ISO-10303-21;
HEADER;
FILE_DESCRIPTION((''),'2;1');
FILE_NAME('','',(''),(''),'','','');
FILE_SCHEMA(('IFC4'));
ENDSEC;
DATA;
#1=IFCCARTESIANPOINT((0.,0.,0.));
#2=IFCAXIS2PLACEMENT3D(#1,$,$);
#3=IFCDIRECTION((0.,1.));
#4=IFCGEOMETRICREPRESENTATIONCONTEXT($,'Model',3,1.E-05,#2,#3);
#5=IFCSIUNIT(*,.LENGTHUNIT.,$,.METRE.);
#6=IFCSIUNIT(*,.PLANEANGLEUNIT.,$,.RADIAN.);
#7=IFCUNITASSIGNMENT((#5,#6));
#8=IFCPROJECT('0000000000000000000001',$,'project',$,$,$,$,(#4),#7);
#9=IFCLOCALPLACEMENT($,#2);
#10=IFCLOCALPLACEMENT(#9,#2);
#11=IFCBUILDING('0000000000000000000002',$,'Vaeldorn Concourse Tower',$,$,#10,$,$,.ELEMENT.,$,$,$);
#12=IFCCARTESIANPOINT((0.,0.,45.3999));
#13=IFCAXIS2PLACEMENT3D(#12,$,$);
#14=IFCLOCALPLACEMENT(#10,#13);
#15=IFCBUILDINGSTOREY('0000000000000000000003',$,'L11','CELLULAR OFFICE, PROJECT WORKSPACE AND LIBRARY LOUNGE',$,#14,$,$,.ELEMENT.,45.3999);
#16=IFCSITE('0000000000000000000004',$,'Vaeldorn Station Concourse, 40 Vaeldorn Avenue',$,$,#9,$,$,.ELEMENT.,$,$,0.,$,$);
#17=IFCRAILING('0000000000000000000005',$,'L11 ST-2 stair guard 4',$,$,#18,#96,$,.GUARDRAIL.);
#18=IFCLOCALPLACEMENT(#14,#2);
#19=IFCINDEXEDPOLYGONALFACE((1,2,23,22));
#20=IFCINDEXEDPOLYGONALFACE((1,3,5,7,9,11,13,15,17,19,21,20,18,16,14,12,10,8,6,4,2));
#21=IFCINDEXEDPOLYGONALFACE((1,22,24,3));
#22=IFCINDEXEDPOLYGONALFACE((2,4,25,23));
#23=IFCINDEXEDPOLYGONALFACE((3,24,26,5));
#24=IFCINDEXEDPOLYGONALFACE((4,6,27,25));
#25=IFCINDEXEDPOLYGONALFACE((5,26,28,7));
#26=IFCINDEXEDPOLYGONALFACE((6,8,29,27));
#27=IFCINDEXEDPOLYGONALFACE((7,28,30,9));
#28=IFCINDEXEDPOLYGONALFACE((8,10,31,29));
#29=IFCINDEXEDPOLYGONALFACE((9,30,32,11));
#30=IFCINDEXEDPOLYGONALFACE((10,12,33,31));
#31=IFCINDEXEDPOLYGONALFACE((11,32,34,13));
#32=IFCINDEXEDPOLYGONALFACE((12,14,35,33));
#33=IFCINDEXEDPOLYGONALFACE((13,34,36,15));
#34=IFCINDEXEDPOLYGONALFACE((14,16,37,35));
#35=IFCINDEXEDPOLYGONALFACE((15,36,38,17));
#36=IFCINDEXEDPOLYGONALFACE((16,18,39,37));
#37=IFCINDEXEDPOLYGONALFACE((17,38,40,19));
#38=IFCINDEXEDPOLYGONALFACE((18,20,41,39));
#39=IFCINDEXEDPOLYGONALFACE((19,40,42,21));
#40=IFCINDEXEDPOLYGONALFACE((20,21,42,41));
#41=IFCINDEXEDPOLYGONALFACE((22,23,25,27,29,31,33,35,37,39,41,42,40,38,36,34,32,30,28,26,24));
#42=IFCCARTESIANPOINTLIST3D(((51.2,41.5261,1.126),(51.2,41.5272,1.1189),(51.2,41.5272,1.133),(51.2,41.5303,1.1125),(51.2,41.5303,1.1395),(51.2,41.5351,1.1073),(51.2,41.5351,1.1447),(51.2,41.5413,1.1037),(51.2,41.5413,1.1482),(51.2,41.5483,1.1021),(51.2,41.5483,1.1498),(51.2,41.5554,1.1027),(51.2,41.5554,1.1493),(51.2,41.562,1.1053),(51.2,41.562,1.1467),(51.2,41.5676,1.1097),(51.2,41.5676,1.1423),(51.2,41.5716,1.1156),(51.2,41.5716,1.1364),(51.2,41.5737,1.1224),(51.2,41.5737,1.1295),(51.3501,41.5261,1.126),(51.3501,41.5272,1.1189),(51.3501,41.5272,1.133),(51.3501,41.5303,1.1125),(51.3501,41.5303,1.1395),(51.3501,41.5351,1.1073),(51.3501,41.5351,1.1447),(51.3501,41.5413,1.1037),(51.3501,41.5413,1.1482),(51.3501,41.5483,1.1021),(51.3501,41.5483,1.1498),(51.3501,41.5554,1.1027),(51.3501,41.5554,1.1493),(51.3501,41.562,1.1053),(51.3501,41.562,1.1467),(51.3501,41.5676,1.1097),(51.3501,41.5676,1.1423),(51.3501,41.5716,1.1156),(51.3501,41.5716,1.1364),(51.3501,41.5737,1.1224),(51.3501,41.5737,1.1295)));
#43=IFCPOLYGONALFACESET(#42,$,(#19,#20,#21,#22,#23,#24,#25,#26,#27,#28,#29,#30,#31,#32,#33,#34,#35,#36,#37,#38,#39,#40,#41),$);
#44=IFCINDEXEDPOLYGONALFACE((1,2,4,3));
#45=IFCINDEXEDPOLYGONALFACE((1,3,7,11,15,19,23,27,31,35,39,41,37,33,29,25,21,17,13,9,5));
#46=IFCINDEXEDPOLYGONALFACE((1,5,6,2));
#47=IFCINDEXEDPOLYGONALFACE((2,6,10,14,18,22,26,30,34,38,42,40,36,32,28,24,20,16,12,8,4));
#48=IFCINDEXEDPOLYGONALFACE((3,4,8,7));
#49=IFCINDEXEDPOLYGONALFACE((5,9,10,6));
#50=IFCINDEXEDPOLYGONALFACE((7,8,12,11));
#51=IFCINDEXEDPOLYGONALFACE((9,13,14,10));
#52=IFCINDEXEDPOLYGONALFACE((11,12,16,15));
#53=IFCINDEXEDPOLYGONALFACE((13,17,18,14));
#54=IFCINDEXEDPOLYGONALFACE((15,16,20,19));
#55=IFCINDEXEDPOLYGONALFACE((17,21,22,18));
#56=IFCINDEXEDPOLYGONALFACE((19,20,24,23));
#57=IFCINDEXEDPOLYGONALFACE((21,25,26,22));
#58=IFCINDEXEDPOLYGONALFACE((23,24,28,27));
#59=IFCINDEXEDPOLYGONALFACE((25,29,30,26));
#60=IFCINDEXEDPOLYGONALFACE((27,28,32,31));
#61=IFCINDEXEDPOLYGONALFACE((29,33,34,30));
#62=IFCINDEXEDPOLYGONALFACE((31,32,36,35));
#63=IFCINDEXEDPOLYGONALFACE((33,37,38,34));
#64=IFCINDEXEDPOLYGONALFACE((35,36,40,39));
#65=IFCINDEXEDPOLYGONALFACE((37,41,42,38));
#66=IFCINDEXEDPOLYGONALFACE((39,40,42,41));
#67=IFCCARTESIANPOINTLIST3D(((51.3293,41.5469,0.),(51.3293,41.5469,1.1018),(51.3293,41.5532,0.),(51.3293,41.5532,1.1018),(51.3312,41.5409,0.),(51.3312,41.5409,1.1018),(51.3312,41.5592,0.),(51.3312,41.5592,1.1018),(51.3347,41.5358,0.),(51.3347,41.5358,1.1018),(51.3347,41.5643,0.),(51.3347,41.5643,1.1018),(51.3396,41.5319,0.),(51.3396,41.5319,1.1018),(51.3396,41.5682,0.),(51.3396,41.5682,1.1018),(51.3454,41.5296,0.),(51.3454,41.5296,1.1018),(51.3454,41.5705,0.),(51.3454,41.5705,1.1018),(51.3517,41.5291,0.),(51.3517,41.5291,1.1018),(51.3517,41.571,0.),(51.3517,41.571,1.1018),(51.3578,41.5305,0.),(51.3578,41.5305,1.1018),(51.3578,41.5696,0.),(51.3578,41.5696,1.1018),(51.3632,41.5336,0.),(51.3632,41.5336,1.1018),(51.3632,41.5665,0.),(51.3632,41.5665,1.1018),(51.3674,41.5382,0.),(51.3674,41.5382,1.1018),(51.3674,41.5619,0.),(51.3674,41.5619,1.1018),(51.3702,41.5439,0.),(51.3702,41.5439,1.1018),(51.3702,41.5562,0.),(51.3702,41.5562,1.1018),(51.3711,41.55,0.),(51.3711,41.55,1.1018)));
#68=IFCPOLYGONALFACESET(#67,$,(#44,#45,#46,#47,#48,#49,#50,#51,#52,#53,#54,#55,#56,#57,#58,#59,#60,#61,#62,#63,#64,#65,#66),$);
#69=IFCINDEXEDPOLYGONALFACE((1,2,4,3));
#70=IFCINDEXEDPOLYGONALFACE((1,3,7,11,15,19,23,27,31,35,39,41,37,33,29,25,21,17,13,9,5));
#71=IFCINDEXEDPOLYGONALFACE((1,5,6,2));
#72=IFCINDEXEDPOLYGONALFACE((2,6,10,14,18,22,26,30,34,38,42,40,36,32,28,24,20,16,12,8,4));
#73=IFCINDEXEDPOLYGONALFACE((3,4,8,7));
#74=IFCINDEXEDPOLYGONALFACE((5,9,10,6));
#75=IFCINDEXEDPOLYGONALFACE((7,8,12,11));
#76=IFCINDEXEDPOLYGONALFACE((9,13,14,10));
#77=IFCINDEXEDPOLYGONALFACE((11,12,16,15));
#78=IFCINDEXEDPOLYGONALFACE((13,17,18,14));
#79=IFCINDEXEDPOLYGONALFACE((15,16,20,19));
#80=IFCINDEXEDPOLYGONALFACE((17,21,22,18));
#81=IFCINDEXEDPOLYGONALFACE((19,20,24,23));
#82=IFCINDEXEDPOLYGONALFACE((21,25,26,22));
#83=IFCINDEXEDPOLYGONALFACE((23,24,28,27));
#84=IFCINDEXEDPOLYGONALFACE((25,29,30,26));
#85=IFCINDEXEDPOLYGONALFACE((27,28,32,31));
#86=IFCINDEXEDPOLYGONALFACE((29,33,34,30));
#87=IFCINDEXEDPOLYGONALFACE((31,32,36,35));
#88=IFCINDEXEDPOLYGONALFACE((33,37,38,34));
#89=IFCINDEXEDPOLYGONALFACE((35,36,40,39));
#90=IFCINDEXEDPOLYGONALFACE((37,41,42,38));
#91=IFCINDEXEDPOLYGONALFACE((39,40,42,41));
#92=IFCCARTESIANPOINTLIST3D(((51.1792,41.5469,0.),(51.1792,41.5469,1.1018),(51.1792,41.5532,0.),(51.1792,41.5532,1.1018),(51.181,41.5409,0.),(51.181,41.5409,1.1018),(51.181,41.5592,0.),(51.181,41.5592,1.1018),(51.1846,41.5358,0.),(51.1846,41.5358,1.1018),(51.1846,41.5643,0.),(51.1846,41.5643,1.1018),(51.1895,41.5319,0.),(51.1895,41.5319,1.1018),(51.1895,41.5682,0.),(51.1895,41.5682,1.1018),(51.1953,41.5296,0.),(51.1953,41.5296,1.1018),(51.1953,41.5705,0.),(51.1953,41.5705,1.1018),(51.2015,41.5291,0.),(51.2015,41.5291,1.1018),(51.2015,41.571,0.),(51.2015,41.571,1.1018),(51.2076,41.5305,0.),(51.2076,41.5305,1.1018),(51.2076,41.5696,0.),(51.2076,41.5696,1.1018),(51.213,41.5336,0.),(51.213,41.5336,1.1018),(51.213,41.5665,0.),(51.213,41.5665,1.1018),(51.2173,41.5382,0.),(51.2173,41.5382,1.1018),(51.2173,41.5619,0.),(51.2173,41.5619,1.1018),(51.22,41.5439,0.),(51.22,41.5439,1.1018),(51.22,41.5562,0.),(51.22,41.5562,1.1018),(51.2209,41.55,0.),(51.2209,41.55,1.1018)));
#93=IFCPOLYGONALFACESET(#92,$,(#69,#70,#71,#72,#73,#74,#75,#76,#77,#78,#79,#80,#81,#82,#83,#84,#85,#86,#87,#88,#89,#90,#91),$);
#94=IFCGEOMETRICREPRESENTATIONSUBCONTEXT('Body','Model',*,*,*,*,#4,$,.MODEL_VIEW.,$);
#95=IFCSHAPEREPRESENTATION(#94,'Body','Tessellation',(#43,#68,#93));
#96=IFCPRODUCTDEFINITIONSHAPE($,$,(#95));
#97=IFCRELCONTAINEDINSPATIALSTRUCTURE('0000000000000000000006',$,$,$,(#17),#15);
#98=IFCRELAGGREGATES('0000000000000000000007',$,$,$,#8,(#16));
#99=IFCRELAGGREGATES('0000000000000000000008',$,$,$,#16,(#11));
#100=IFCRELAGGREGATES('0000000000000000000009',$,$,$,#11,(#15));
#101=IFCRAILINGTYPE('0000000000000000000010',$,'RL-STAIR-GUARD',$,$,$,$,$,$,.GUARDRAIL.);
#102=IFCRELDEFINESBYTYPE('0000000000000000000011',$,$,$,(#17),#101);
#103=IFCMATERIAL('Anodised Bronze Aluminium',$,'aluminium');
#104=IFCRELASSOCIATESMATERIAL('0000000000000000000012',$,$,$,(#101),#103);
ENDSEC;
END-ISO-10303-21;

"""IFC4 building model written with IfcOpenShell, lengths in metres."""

from ifc_helpers import new_model, si_unit, direction, frame, origin, origin_2d, place, context, subcontext, project, spatial, circle, extrude, material, type_object, element, save


model = new_model("IFC4")

# Units and contexts
model_context = context("Model", 3, precision=1e-05, world=origin(), true_north=direction((0.0, 1.0)))
body_context = subcontext(model_context, "Body", "Model", "MODEL_VIEW")
ifc_project = project(units=[si_unit("LENGTHUNIT", "METRE"), si_unit("PLANEANGLEUNIT", "RADIAN")], contexts=[model_context])

# Site, building, storey
site_placement = place(None, origin())
site = spatial("IfcSite", under=ifc_project, at=site_placement, Name="Vaeldorn Station Concourse, 40 Vaeldorn Avenue", CompositionType="ELEMENT", RefElevation=0.0)
building_placement = place(site_placement, origin())
building = spatial("IfcBuilding", under=site, at=building_placement, Name="Vaeldorn Concourse Tower", CompositionType="ELEMENT")
storey_placement = place(building_placement, frame((0.0, 0.0, 45.3999)))
storey = spatial("IfcBuildingStorey", under=building, at=storey_placement, Name="L11", Description="CELLULAR OFFICE, PROJECT WORKSPACE AND LIBRARY LOUNGE", CompositionType="ELEMENT", Elevation=45.3999)

# Shared definitions
ifc_material_1 = material(Name="Anodised Bronze Aluminium", Category="aluminium")

# Railing
railing_type_1 = type_object("IfcRailingType", Name="RL-STAIR-GUARD", PredefinedType="GUARDRAIL", material=ifc_material_1)
railing_1_placement = place(storey_placement, frame((51.3501, 41.55, 0.0)))
element("IfcRailing", 1, at=railing_1_placement, inside=storey, type_object=railing_type_1, Name="L11 ST-2 stair guard 4", PredefinedType="GUARDRAIL", context=body_context, shape_type="SweptSolid", body=[
    extrude(circle(Radius=0.0239, at=origin_2d()), frame((0.0, 0.0, 1.126), z_axis=(-1.0, 0.0, 0.0), x_axis=(0.0, -1.0, 0.0)), (0.0, 0.0, 1.0), 0.1501),
    extrude(circle(Radius=0.021, at=origin_2d()), origin(), (0.0, 0.0, 1.0), 1.1018),
    extrude(circle(Radius=0.021, at=origin_2d()), frame((-0.1501, 0.0, 0.0)), (0.0, 0.0, 1.0), 1.1018),
])

save(model, "model.ifc")
